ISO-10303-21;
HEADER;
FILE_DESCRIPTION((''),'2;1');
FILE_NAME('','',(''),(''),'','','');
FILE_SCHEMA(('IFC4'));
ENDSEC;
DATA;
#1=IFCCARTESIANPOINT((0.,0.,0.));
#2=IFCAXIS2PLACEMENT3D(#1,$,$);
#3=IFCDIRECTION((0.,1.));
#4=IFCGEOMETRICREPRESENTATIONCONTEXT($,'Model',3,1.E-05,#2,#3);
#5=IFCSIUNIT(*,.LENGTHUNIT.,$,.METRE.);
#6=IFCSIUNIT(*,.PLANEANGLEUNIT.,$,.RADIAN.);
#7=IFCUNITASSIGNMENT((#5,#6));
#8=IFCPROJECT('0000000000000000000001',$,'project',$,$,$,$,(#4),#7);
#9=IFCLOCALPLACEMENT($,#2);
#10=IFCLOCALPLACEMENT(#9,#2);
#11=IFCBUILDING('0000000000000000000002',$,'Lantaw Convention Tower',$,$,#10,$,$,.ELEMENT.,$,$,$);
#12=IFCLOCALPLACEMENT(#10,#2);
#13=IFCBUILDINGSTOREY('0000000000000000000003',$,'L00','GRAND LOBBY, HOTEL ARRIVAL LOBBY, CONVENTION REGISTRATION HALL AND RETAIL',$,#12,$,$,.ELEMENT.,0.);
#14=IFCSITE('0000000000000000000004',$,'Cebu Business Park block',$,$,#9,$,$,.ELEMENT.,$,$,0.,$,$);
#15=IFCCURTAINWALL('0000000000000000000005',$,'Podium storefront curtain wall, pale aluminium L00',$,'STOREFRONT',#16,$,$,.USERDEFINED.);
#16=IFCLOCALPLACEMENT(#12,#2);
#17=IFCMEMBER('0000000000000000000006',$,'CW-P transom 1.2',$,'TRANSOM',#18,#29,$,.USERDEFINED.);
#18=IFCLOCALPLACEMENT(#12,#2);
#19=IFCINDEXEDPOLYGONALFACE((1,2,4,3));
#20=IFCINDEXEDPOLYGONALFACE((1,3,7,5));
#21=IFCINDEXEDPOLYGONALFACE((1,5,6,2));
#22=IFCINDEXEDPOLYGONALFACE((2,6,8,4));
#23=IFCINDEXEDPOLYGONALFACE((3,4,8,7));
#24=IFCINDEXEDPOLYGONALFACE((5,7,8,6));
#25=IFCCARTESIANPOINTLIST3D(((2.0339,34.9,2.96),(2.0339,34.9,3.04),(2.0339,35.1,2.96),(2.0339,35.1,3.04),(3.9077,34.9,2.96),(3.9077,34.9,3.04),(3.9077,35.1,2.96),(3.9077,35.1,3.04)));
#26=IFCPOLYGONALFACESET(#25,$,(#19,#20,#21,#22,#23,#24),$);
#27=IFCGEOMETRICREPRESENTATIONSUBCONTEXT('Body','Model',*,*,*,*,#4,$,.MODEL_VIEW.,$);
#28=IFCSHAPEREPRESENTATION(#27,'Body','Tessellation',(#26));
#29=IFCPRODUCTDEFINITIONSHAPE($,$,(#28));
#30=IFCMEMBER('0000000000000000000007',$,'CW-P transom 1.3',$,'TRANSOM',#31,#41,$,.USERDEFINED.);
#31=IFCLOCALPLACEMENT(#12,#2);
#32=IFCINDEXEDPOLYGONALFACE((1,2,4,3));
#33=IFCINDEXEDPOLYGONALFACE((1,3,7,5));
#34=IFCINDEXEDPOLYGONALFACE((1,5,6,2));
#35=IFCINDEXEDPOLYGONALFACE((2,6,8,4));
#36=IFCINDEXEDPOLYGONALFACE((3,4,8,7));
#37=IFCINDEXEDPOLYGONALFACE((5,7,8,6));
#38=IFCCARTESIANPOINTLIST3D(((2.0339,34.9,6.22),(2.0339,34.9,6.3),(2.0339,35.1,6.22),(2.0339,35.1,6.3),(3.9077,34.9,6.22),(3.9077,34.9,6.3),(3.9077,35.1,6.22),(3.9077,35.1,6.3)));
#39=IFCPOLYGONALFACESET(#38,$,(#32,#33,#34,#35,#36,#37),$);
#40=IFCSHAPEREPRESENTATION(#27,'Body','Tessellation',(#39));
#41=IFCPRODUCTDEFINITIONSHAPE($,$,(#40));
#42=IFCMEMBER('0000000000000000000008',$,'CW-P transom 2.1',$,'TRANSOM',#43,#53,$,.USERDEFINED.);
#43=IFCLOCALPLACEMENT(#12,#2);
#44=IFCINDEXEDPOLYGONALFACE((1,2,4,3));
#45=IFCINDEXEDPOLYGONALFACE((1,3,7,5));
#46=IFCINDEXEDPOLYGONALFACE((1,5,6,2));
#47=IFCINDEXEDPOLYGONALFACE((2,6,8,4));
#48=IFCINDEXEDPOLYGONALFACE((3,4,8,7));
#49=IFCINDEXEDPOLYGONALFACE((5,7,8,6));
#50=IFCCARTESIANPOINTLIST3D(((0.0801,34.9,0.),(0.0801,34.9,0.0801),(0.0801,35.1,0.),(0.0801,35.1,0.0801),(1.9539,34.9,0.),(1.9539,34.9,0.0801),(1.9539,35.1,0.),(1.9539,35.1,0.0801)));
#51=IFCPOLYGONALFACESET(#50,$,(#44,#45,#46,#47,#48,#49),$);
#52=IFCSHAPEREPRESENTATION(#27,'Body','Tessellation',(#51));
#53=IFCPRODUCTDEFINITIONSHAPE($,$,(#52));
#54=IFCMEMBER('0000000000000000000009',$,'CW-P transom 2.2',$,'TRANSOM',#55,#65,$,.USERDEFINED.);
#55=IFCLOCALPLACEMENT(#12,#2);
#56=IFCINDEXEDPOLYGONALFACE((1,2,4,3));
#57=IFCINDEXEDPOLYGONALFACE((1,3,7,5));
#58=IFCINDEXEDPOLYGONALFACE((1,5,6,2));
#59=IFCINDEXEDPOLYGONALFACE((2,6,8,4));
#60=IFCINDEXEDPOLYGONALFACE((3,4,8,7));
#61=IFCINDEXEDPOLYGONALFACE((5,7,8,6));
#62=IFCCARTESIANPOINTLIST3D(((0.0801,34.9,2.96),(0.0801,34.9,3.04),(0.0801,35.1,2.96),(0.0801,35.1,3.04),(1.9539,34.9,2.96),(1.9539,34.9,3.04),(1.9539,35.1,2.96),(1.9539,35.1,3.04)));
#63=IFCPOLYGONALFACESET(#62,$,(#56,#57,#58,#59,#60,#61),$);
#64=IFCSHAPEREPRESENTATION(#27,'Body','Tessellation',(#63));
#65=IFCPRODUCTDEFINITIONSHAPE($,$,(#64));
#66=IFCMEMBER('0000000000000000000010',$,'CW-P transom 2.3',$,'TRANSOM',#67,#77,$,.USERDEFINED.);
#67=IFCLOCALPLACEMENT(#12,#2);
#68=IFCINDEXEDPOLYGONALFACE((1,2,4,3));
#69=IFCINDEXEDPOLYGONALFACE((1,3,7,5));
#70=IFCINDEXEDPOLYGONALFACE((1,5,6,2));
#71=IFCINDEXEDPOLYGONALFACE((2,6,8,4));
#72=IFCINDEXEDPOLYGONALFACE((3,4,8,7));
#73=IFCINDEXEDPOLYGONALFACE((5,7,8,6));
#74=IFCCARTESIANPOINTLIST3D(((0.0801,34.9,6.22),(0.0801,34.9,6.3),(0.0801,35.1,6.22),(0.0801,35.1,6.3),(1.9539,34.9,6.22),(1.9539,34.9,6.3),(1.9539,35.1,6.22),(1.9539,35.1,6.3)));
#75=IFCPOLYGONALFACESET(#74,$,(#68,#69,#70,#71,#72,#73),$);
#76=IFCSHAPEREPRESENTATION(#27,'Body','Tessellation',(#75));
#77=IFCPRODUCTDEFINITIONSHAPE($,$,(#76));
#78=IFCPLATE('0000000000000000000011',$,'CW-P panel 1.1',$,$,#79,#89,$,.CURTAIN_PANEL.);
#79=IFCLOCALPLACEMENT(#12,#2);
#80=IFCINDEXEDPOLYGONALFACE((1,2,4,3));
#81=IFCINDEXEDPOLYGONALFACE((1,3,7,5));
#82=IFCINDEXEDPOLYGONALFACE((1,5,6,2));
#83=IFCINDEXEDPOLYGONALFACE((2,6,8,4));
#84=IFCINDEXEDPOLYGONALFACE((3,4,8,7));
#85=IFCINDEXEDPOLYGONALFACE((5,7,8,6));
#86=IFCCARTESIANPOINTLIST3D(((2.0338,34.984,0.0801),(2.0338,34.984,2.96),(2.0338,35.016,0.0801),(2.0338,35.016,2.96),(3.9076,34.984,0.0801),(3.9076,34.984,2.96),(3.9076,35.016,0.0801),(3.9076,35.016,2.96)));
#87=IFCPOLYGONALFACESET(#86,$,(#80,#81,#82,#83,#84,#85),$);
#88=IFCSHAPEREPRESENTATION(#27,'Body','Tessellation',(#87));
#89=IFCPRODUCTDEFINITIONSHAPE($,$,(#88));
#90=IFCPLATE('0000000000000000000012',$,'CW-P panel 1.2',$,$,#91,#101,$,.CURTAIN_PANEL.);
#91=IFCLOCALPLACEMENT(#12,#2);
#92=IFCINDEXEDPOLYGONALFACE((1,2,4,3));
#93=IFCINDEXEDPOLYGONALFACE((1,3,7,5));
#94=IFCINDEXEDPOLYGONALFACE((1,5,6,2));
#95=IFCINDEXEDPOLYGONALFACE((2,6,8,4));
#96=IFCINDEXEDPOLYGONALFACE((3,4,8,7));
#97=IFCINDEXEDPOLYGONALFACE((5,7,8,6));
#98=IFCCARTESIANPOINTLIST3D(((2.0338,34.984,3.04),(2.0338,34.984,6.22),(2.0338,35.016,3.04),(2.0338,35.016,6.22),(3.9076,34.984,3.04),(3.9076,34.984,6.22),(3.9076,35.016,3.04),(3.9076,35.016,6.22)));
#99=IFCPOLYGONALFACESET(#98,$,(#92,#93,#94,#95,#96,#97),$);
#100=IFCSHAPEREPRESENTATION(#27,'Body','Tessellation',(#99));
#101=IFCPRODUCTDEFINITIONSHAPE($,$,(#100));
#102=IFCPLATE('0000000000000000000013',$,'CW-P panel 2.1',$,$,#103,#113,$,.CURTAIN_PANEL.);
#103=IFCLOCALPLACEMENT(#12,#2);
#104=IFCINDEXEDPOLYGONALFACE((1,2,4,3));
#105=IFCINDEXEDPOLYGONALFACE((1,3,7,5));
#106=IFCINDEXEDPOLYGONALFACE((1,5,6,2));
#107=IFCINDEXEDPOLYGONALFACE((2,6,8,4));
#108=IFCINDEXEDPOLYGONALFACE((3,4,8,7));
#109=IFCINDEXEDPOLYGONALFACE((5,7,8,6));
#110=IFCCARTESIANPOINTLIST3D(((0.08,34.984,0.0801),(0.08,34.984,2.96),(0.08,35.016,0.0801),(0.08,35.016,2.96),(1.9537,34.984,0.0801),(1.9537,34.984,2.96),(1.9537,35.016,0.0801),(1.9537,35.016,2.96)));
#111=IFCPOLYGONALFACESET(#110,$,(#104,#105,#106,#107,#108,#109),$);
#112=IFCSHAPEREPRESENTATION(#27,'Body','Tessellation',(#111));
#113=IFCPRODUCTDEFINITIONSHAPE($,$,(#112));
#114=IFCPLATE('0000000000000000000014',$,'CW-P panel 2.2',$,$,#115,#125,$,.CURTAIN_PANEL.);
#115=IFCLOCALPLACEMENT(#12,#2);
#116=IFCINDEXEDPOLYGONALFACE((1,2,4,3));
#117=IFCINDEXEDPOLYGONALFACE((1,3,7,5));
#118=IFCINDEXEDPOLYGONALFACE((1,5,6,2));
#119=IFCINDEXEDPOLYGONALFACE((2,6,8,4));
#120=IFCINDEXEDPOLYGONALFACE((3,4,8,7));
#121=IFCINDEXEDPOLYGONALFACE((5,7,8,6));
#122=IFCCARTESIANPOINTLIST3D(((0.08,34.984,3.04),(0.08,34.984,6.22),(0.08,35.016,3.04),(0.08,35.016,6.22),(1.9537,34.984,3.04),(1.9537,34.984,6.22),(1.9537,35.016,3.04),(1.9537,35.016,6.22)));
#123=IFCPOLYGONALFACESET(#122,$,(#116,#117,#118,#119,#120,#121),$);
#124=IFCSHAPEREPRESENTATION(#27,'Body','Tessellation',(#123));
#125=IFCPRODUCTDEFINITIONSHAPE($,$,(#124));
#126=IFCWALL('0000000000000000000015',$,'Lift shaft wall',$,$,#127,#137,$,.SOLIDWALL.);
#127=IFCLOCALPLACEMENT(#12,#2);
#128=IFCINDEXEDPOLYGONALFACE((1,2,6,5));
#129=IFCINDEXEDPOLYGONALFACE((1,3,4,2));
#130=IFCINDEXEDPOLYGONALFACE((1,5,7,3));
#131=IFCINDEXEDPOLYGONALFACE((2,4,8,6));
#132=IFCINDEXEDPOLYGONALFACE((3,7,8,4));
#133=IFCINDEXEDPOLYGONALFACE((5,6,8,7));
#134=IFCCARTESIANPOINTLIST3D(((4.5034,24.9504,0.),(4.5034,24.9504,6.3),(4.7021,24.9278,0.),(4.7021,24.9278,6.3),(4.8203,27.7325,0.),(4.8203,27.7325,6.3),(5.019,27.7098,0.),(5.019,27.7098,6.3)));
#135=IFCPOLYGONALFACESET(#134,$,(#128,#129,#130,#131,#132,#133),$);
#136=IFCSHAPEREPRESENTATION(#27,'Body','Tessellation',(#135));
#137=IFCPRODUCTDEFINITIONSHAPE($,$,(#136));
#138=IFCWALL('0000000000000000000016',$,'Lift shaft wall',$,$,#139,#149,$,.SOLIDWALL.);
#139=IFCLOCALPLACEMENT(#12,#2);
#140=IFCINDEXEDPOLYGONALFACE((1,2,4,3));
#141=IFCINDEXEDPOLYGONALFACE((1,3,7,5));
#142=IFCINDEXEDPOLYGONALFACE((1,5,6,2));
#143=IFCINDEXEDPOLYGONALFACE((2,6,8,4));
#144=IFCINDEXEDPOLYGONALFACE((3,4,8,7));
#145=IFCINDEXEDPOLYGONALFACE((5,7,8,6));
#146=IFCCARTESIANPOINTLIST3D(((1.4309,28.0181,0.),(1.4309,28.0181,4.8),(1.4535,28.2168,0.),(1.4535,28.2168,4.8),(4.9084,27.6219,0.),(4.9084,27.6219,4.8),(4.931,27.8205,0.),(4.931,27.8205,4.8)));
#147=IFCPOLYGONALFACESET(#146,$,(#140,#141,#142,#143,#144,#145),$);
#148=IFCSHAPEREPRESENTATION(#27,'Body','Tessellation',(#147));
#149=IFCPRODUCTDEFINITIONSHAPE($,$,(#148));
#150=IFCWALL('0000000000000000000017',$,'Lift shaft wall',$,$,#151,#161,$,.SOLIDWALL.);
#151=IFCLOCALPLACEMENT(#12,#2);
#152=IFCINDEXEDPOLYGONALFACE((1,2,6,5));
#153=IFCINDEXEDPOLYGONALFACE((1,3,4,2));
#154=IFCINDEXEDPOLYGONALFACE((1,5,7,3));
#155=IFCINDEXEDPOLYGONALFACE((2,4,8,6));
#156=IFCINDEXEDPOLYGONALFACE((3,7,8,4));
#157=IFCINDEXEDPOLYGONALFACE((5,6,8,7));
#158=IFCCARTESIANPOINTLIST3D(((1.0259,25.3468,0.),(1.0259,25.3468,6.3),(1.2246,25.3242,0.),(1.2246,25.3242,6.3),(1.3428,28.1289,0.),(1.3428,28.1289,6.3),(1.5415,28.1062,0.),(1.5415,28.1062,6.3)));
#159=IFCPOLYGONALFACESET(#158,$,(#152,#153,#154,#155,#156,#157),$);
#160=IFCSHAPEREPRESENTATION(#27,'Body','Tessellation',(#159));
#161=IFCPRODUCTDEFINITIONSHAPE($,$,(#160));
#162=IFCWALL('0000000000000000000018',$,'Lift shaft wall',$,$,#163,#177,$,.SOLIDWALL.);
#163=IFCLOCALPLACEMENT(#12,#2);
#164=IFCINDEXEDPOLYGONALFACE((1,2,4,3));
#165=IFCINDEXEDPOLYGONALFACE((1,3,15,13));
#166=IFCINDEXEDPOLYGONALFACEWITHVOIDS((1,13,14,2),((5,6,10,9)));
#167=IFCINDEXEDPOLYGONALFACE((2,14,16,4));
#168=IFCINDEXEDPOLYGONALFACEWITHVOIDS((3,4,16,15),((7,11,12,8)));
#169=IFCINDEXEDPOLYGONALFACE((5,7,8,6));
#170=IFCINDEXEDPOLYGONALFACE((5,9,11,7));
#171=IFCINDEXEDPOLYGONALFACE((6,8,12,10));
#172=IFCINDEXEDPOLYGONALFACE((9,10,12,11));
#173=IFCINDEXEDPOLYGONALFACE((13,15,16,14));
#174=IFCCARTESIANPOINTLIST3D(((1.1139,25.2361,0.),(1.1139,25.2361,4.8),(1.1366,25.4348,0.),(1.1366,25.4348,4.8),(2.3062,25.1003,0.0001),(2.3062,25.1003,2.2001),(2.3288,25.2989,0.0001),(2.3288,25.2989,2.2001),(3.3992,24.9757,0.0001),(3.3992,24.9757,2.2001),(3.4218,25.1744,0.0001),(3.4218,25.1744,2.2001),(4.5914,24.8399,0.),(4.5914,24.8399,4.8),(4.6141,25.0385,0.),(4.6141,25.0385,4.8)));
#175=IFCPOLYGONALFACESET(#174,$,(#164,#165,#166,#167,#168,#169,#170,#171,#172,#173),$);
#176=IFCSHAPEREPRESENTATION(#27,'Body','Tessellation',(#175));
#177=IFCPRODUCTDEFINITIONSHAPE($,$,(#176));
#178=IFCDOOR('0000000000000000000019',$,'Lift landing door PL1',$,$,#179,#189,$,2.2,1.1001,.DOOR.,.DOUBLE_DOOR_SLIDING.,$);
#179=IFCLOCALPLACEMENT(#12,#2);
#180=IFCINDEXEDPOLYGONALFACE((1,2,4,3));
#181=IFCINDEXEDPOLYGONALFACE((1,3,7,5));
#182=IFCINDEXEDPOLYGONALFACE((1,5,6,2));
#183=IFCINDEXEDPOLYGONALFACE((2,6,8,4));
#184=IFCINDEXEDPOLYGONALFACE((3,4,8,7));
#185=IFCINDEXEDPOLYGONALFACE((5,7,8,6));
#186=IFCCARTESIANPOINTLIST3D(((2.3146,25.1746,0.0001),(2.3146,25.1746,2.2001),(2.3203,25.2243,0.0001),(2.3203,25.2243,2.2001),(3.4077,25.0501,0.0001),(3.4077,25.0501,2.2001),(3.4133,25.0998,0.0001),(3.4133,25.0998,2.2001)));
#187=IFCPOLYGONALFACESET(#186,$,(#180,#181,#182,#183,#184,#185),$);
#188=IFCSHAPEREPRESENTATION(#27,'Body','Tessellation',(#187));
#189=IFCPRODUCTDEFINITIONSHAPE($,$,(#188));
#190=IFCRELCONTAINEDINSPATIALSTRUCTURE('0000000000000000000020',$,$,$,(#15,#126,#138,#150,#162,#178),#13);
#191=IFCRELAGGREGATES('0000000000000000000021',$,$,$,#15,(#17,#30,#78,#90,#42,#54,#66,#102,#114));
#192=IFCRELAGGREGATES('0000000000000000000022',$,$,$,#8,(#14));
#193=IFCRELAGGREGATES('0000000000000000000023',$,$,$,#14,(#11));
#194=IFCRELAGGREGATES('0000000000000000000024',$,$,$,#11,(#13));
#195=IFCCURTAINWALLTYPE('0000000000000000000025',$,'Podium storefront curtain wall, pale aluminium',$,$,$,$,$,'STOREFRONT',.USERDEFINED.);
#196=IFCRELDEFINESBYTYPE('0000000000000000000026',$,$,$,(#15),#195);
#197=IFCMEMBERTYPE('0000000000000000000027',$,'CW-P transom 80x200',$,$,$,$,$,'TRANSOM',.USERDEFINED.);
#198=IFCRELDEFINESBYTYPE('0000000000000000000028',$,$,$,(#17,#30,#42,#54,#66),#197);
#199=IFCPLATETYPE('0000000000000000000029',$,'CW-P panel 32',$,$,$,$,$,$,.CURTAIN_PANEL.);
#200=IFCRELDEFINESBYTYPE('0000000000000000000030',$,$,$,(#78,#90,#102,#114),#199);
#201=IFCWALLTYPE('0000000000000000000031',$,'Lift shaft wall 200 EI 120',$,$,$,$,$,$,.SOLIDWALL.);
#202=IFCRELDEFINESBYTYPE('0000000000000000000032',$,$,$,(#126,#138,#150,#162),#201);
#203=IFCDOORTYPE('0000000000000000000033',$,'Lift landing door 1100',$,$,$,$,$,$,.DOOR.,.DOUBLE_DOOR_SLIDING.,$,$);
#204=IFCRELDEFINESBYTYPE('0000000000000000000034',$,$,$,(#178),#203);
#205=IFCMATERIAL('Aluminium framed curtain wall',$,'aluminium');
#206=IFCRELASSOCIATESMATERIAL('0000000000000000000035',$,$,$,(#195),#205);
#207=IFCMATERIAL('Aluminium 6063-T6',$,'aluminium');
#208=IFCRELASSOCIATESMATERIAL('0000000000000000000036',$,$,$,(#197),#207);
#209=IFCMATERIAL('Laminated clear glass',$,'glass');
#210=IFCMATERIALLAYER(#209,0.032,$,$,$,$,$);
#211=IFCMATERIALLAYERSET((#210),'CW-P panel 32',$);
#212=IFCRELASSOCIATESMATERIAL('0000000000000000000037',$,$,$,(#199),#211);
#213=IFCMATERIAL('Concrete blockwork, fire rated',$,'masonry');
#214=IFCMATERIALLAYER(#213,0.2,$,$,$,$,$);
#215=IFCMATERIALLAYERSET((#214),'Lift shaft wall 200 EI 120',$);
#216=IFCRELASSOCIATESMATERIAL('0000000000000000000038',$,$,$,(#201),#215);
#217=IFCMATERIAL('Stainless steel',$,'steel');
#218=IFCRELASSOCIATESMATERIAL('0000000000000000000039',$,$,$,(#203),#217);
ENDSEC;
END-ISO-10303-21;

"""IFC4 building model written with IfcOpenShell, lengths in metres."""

from ifc_helpers import new_model, si_unit, direction, frame, frame_2d, origin, origin_2d, place, context, subcontext, project, spatial, rectangle, extrude, material, layer, layer_set, material_profile, profile_set, type_object, element, fill, aggregate, save


model = new_model("IFC4")

# Units and contexts
model_context = context("Model", 3, precision=1e-05, world=origin(), true_north=direction((0.0, 1.0)))
body_context = subcontext(model_context, "Body", "Model", "MODEL_VIEW")
ifc_project = project(units=[si_unit("LENGTHUNIT", "METRE"), si_unit("PLANEANGLEUNIT", "RADIAN")], contexts=[model_context])

# Site, building, storey
site_placement = place(None, origin())
site = spatial("IfcSite", under=ifc_project, at=site_placement, Name="Cebu Business Park block", CompositionType="ELEMENT", RefElevation=0.0)
building_placement = place(site_placement, origin())
building = spatial("IfcBuilding", under=site, at=building_placement, Name="Lantaw Convention Tower", CompositionType="ELEMENT")
storey_placement = place(building_placement, origin())
storey = spatial("IfcBuildingStorey", under=building, at=storey_placement, Name="L00", Description="GRAND LOBBY, HOTEL ARRIVAL LOBBY, CONVENTION REGISTRATION HALL AND RETAIL", CompositionType="ELEMENT", Elevation=0.0)

# Shared definitions
ifc_material_1 = material(Name="Aluminium framed curtain wall", Category="aluminium")
curtain_wall_type = type_object("IfcCurtainWallType", Name="Podium storefront curtain wall, pale aluminium", ElementType="STOREFRONT", PredefinedType="USERDEFINED", material=ifc_material_1)
ifc_material_2 = material(Name="Aluminium 6063-T6", Category="aluminium")

# Curtain wall, members, plates
curtain_wall_1_placement = place(storey_placement, origin())
curtain_wall_1 = element("IfcCurtainWall", 1, at=curtain_wall_1_placement, inside=storey, type_object=curtain_wall_type, Name="Podium storefront curtain wall, pale aluminium L00", ObjectType="STOREFRONT", PredefinedType="USERDEFINED")
ifc_material_profile_1 = material_profile(ifc_material_2, rectangle(XDim=0.2, YDim=0.0801, at=origin_2d()), Name="CW-P transom 80x200")
ifc_profile_set_1 = profile_set([ifc_material_profile_1], Name="Aluminium 6063-T6")
member_type_1 = type_object("IfcMemberType", Name="CW-P transom 80x200", ElementType="TRANSOM", PredefinedType="USERDEFINED", material=ifc_profile_set_1)
member_1_placement = place(storey_placement, frame((3.9077, 35.0, 3.0), z_axis=(-1.0, 0.0, 0.0), x_axis=(0.0, -1.0, 0.0)))
member_1 = element("IfcMember", 2, at=member_1_placement, type_object=member_type_1, Name="CW-P transom 1.2", ObjectType="TRANSOM", PredefinedType="USERDEFINED", context=body_context, shape_type="SweptSolid", body=[
    extrude(rectangle(XDim=0.2, YDim=0.0801, at=origin_2d()), origin(), (0.0, 0.0, 1.0), 1.8738),
])
member_2_placement = place(storey_placement, frame((3.9077, 35.0, 6.26), z_axis=(-1.0, 0.0, 0.0), x_axis=(0.0, -1.0, 0.0)))
member_2 = element("IfcMember", 3, at=member_2_placement, type_object=member_type_1, Name="CW-P transom 1.3", ObjectType="TRANSOM", PredefinedType="USERDEFINED", context=body_context, shape_type="SweptSolid", body=[
    extrude(rectangle(XDim=0.2, YDim=0.0801, at=origin_2d()), origin(), (0.0, 0.0, 1.0), 1.8738),
])
member_3_placement = place(storey_placement, frame((1.9539, 35.0, 0.04), z_axis=(-1.0, 0.0, 0.0), x_axis=(0.0, -1.0, 0.0)))
member_3 = element("IfcMember", 4, at=member_3_placement, type_object=member_type_1, Name="CW-P transom 2.1", ObjectType="TRANSOM", PredefinedType="USERDEFINED", context=body_context, shape_type="SweptSolid", body=[
    extrude(rectangle(XDim=0.2, YDim=0.0801, at=origin_2d()), origin(), (0.0, 0.0, 1.0), 1.8738),
])
member_4_placement = place(storey_placement, frame((1.9539, 35.0, 3.0), z_axis=(-1.0, 0.0, 0.0), x_axis=(0.0, -1.0, 0.0)))
member_4 = element("IfcMember", 5, at=member_4_placement, type_object=member_type_1, Name="CW-P transom 2.2", ObjectType="TRANSOM", PredefinedType="USERDEFINED", context=body_context, shape_type="SweptSolid", body=[
    extrude(rectangle(XDim=0.2, YDim=0.0801, at=origin_2d()), origin(), (0.0, 0.0, 1.0), 1.8738),
])
member_5_placement = place(storey_placement, frame((1.9539, 35.0, 6.26), z_axis=(-1.0, 0.0, 0.0), x_axis=(0.0, -1.0, 0.0)))
member_5 = element("IfcMember", 6, at=member_5_placement, type_object=member_type_1, Name="CW-P transom 2.3", ObjectType="TRANSOM", PredefinedType="USERDEFINED", context=body_context, shape_type="SweptSolid", body=[
    extrude(rectangle(XDim=0.2, YDim=0.0801, at=origin_2d()), origin(), (0.0, 0.0, 1.0), 1.8738),
])
ifc_material_3 = material(Name="Laminated clear glass", Category="glass")
ifc_layer_1 = layer(ifc_material_3, 0.032)
ifc_layer_set_1 = layer_set([ifc_layer_1], Name="CW-P panel 32")
plate_type = type_object("IfcPlateType", Name="CW-P panel 32", PredefinedType="CURTAIN_PANEL", material=ifc_layer_set_1)
plate_1_placement = place(storey_placement, frame((2.9707, 35.0, 0.0801), z_axis=(0.0, 0.0, 1.0), x_axis=(-1.0, 0.0, 0.0)))
plate_1 = element("IfcPlate", 7, at=plate_1_placement, type_object=plate_type, Name="CW-P panel 1.1", PredefinedType="CURTAIN_PANEL", context=body_context, shape_type="SweptSolid", body=[
    extrude(rectangle(XDim=1.8738, YDim=0.032, at=origin_2d()), origin(), (0.0, 0.0, 1.0), 2.8799),
])
plate_2_placement = place(storey_placement, frame((2.9707, 35.0, 3.04), z_axis=(0.0, 0.0, 1.0), x_axis=(-1.0, 0.0, 0.0)))
plate_2 = element("IfcPlate", 8, at=plate_2_placement, type_object=plate_type, Name="CW-P panel 1.2", PredefinedType="CURTAIN_PANEL", context=body_context, shape_type="SweptSolid", body=[
    extrude(rectangle(XDim=1.8738, YDim=0.032, at=origin_2d()), origin(), (0.0, 0.0, 1.0), 3.1799),
])
plate_3_placement = place(storey_placement, frame((1.0168, 35.0, 0.0801), z_axis=(0.0, 0.0, 1.0), x_axis=(-1.0, 0.0, 0.0)))
plate_3 = element("IfcPlate", 9, at=plate_3_placement, type_object=plate_type, Name="CW-P panel 2.1", PredefinedType="CURTAIN_PANEL", context=body_context, shape_type="SweptSolid", body=[
    extrude(rectangle(XDim=1.8738, YDim=0.032, at=origin_2d()), origin(), (0.0, 0.0, 1.0), 2.8799),
])
plate_4_placement = place(storey_placement, frame((1.0168, 35.0, 3.04), z_axis=(0.0, 0.0, 1.0), x_axis=(-1.0, 0.0, 0.0)))
plate_4 = element("IfcPlate", 10, at=plate_4_placement, type_object=plate_type, Name="CW-P panel 2.2", PredefinedType="CURTAIN_PANEL", context=body_context, shape_type="SweptSolid", body=[
    extrude(rectangle(XDim=1.8738, YDim=0.032, at=origin_2d()), origin(), (0.0, 0.0, 1.0), 3.1799),
])
aggregate(curtain_wall_1, [member_1, member_2, plate_1, plate_2, member_3, member_4, member_5, plate_3, plate_4])

# Walls
ifc_material_4 = material(Name="Concrete blockwork, fire rated", Category="masonry")
ifc_layer_2 = layer(ifc_material_4, 0.2)
ifc_layer_set_2 = layer_set([ifc_layer_2], Name="Lift shaft wall 200 EI 120")
wall_type_1 = type_object("IfcWallType", Name="Lift shaft wall 200 EI 120", PredefinedType="SOLIDWALL", material=ifc_layer_set_2)
wall_1_placement = place(storey_placement, frame((4.6028, 24.9392, 0.0), z_axis=(0.0, 0.0, 1.0), x_axis=(0.113178, 0.993575, 0.0)))
element("IfcWall", 11, at=wall_1_placement, inside=storey, type_object=wall_type_1, Name="Lift shaft wall", PredefinedType="SOLIDWALL", context=body_context, shape_type="SweptSolid", body=[
    extrude(rectangle(XDim=2.8, YDim=0.2, at=frame_2d((1.3999, 0.0))), origin(), (0.0, 0.0, 1.0), 6.3),
])
wall_2_placement = place(storey_placement, frame((4.9197, 27.7212, 0.0), z_axis=(0.0, 0.0, 1.0), x_axis=(-0.993571, 0.11321, 0.0)))
element("IfcWall", 12, at=wall_2_placement, inside=storey, type_object=wall_type_1, Name="Lift shaft wall", PredefinedType="SOLIDWALL", context=body_context, shape_type="SweptSolid", body=[
    extrude(rectangle(XDim=3.5, YDim=0.2, at=frame_2d((1.75, 0.0))), origin(), (0.0, 0.0, 1.0), 4.8),
])
wall_3_placement = place(storey_placement, frame((1.4421, 28.1174, 0.0), z_axis=(0.0, 0.0, 1.0), x_axis=(-0.113178, -0.993575, 0.0)))
element("IfcWall", 13, at=wall_3_placement, inside=storey, type_object=wall_type_1, Name="Lift shaft wall", PredefinedType="SOLIDWALL", context=body_context, shape_type="SweptSolid", body=[
    extrude(rectangle(XDim=2.8, YDim=0.2, at=frame_2d((1.3999, 0.0))), origin(), (0.0, 0.0, 1.0), 6.3),
])

# Wall, opening, door
wall_4_placement = place(storey_placement, frame((1.1252, 25.3354, 0.0), z_axis=(0.0, 0.0, 1.0), x_axis=(0.993571, -0.11321, 0.0)))
wall_4 = element("IfcWall", 14, at=wall_4_placement, inside=storey, type_object=wall_type_1, Name="Lift shaft wall", PredefinedType="SOLIDWALL", context=body_context, shape_type="SweptSolid", body=[
    extrude(rectangle(XDim=3.5, YDim=0.2, at=frame_2d((1.75, 0.0))), origin(), (0.0, 0.0, 1.0), 4.8),
])
opening_1_placement = place(wall_4_placement, frame((1.2, 0.0, 0.0)))
opening_1 = element("IfcOpeningElement", 15, at=opening_1_placement, cuts=wall_4, PredefinedType="OPENING", context=body_context, shape_type="SweptSolid", body=[
    extrude(rectangle(XDim=1.1001, YDim=2.2, at=frame_2d((0.55, 1.1001))), frame((0.0, 0.1099, 0.0), z_axis=(0.0, -1.0, 0.0), x_axis=(1.0, 0.0, 0.0)), (0.0, 0.0, 1.0), 0.22),
])
ifc_material_5 = material(Name="Stainless steel", Category="steel")
door_type_1 = type_object("IfcDoorType", Name="Lift landing door 1100", OperationType="DOUBLE_DOOR_SLIDING", PredefinedType="DOOR", material=ifc_material_5)
door_1_placement = place(opening_1_placement, origin())
door_1 = element("IfcDoor", 16, at=door_1_placement, inside=storey, type_object=door_type_1, Name="Lift landing door PL1", OperationType="DOUBLE_DOOR_SLIDING", OverallHeight=2.2, OverallWidth=1.1001, PredefinedType="DOOR", context=body_context, shape_type="SweptSolid", body=[
    extrude(rectangle(XDim=1.1001, YDim=2.2, at=frame_2d((0.55, 1.1001))), frame((0.0, 0.0249, 0.0), z_axis=(0.0, -1.0, 0.0), x_axis=(1.0, 0.0, 0.0)), (0.0, 0.0, 1.0), 0.05),
])
fill(opening_1, door_1)

save(model, "model.ifc")
